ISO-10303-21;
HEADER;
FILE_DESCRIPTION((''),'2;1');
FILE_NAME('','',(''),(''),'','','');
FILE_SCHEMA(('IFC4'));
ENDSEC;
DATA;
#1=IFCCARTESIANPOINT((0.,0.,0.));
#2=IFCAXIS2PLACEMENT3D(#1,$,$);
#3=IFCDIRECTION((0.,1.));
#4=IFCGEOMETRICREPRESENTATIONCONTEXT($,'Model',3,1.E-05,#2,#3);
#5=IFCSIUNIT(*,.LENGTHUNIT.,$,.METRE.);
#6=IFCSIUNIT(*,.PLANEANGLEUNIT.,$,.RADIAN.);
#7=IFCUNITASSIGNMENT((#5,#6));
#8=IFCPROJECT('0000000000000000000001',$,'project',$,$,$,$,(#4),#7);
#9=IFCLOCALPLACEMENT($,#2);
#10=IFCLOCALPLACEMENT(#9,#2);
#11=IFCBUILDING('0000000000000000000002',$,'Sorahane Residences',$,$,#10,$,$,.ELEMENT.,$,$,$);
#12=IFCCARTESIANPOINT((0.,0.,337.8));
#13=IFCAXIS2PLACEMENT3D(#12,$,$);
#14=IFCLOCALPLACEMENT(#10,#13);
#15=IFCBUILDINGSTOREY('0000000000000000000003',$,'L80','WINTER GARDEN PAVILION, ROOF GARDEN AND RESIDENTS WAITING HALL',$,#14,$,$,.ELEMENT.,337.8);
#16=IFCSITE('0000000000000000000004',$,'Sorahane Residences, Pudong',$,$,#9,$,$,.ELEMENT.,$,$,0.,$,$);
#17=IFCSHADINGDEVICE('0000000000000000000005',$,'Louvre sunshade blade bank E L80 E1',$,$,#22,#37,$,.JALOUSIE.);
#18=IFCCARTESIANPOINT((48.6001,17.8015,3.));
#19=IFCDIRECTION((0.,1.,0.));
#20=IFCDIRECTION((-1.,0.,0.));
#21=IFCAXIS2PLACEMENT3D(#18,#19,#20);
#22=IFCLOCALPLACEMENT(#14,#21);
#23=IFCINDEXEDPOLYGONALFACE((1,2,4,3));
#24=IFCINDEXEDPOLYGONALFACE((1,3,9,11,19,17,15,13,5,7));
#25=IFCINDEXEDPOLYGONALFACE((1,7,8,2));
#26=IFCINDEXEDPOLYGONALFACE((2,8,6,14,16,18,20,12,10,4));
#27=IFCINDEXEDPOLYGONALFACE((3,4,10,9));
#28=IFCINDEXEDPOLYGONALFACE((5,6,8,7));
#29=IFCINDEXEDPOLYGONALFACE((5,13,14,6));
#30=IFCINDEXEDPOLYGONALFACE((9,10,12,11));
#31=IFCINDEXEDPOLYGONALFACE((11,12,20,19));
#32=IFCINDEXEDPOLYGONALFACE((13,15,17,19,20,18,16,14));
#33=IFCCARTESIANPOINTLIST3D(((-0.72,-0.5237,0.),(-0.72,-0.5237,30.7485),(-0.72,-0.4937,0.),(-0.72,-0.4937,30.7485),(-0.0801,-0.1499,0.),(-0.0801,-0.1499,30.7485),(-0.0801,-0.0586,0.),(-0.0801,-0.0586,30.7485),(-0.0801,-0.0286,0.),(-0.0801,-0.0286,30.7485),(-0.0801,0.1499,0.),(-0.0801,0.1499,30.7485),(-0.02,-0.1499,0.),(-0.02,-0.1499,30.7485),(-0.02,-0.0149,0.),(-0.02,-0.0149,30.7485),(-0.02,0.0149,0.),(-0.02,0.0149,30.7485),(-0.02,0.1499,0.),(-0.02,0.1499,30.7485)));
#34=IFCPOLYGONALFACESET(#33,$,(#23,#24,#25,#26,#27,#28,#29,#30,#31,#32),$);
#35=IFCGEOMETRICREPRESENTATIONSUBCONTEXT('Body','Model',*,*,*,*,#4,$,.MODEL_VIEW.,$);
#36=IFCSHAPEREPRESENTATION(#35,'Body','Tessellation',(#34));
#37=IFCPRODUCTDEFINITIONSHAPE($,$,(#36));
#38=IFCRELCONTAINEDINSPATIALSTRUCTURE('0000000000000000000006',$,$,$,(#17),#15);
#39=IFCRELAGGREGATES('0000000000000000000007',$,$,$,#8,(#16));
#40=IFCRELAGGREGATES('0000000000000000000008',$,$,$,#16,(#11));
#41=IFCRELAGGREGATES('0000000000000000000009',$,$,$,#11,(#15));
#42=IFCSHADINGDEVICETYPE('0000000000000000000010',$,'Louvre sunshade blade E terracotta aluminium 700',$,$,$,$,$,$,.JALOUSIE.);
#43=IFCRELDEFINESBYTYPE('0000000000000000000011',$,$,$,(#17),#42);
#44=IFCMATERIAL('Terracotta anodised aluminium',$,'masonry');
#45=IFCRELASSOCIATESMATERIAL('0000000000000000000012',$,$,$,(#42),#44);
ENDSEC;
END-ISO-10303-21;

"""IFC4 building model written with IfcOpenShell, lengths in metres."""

from ifc_helpers import new_model, si_unit, direction, frame, origin, place, context, subcontext, project, spatial, polyline, outline, extrude, material, type_object, element, save


model = new_model("IFC4")

# Units and contexts
model_context = context("Model", 3, precision=1e-05, world=origin(), true_north=direction((0.0, 1.0)))
body_context = subcontext(model_context, "Body", "Model", "MODEL_VIEW")
ifc_project = project(units=[si_unit("LENGTHUNIT", "METRE"), si_unit("PLANEANGLEUNIT", "RADIAN")], contexts=[model_context])

# Site, building, storey
site_placement = place(None, origin())
site = spatial("IfcSite", under=ifc_project, at=site_placement, Name="Sorahane Residences, Pudong", CompositionType="ELEMENT", RefElevation=0.0)
building_placement = place(site_placement, origin())
building = spatial("IfcBuilding", under=site, at=building_placement, Name="Sorahane Residences", CompositionType="ELEMENT")
storey_placement = place(building_placement, frame((0.0, 0.0, 337.8)))
storey = spatial("IfcBuildingStorey", under=building, at=storey_placement, Name="L80", Description="WINTER GARDEN PAVILION, ROOF GARDEN AND RESIDENTS WAITING HALL", CompositionType="ELEMENT", Elevation=337.8)

# Shading device
ifc_material_1 = material(Name="Terracotta anodised aluminium", Category="masonry")
shading_device_type = type_object("IfcShadingDeviceType", Name="Louvre sunshade blade E terracotta aluminium 700", PredefinedType="JALOUSIE", material=ifc_material_1)
shading_device_placement = place(storey_placement, frame((48.6001, 17.8015, 3.0), z_axis=(0.0, 1.0, 0.0), x_axis=(-1.0, 0.0, 0.0)))
element("IfcShadingDevice", 1, at=shading_device_placement, inside=storey, type_object=shading_device_type, Name="Louvre sunshade blade bank E L80 E1", PredefinedType="JALOUSIE", context=body_context, shape_type="SweptSolid", body=[
    extrude(outline(polyline([(-0.72, -0.4937), (-0.72, -0.5237), (-0.0801, -0.0586), (-0.0801, -0.1499), (-0.02, -0.1499), (-0.02, -0.0149), (-0.02, 0.0149), (-0.02, 0.1499), (-0.0801, 0.1499), (-0.0801, -0.0286), (-0.72, -0.4937)])), origin(), (0.0, 0.0, 1.0), 30.7485),
])

save(model, "model.ifc")
